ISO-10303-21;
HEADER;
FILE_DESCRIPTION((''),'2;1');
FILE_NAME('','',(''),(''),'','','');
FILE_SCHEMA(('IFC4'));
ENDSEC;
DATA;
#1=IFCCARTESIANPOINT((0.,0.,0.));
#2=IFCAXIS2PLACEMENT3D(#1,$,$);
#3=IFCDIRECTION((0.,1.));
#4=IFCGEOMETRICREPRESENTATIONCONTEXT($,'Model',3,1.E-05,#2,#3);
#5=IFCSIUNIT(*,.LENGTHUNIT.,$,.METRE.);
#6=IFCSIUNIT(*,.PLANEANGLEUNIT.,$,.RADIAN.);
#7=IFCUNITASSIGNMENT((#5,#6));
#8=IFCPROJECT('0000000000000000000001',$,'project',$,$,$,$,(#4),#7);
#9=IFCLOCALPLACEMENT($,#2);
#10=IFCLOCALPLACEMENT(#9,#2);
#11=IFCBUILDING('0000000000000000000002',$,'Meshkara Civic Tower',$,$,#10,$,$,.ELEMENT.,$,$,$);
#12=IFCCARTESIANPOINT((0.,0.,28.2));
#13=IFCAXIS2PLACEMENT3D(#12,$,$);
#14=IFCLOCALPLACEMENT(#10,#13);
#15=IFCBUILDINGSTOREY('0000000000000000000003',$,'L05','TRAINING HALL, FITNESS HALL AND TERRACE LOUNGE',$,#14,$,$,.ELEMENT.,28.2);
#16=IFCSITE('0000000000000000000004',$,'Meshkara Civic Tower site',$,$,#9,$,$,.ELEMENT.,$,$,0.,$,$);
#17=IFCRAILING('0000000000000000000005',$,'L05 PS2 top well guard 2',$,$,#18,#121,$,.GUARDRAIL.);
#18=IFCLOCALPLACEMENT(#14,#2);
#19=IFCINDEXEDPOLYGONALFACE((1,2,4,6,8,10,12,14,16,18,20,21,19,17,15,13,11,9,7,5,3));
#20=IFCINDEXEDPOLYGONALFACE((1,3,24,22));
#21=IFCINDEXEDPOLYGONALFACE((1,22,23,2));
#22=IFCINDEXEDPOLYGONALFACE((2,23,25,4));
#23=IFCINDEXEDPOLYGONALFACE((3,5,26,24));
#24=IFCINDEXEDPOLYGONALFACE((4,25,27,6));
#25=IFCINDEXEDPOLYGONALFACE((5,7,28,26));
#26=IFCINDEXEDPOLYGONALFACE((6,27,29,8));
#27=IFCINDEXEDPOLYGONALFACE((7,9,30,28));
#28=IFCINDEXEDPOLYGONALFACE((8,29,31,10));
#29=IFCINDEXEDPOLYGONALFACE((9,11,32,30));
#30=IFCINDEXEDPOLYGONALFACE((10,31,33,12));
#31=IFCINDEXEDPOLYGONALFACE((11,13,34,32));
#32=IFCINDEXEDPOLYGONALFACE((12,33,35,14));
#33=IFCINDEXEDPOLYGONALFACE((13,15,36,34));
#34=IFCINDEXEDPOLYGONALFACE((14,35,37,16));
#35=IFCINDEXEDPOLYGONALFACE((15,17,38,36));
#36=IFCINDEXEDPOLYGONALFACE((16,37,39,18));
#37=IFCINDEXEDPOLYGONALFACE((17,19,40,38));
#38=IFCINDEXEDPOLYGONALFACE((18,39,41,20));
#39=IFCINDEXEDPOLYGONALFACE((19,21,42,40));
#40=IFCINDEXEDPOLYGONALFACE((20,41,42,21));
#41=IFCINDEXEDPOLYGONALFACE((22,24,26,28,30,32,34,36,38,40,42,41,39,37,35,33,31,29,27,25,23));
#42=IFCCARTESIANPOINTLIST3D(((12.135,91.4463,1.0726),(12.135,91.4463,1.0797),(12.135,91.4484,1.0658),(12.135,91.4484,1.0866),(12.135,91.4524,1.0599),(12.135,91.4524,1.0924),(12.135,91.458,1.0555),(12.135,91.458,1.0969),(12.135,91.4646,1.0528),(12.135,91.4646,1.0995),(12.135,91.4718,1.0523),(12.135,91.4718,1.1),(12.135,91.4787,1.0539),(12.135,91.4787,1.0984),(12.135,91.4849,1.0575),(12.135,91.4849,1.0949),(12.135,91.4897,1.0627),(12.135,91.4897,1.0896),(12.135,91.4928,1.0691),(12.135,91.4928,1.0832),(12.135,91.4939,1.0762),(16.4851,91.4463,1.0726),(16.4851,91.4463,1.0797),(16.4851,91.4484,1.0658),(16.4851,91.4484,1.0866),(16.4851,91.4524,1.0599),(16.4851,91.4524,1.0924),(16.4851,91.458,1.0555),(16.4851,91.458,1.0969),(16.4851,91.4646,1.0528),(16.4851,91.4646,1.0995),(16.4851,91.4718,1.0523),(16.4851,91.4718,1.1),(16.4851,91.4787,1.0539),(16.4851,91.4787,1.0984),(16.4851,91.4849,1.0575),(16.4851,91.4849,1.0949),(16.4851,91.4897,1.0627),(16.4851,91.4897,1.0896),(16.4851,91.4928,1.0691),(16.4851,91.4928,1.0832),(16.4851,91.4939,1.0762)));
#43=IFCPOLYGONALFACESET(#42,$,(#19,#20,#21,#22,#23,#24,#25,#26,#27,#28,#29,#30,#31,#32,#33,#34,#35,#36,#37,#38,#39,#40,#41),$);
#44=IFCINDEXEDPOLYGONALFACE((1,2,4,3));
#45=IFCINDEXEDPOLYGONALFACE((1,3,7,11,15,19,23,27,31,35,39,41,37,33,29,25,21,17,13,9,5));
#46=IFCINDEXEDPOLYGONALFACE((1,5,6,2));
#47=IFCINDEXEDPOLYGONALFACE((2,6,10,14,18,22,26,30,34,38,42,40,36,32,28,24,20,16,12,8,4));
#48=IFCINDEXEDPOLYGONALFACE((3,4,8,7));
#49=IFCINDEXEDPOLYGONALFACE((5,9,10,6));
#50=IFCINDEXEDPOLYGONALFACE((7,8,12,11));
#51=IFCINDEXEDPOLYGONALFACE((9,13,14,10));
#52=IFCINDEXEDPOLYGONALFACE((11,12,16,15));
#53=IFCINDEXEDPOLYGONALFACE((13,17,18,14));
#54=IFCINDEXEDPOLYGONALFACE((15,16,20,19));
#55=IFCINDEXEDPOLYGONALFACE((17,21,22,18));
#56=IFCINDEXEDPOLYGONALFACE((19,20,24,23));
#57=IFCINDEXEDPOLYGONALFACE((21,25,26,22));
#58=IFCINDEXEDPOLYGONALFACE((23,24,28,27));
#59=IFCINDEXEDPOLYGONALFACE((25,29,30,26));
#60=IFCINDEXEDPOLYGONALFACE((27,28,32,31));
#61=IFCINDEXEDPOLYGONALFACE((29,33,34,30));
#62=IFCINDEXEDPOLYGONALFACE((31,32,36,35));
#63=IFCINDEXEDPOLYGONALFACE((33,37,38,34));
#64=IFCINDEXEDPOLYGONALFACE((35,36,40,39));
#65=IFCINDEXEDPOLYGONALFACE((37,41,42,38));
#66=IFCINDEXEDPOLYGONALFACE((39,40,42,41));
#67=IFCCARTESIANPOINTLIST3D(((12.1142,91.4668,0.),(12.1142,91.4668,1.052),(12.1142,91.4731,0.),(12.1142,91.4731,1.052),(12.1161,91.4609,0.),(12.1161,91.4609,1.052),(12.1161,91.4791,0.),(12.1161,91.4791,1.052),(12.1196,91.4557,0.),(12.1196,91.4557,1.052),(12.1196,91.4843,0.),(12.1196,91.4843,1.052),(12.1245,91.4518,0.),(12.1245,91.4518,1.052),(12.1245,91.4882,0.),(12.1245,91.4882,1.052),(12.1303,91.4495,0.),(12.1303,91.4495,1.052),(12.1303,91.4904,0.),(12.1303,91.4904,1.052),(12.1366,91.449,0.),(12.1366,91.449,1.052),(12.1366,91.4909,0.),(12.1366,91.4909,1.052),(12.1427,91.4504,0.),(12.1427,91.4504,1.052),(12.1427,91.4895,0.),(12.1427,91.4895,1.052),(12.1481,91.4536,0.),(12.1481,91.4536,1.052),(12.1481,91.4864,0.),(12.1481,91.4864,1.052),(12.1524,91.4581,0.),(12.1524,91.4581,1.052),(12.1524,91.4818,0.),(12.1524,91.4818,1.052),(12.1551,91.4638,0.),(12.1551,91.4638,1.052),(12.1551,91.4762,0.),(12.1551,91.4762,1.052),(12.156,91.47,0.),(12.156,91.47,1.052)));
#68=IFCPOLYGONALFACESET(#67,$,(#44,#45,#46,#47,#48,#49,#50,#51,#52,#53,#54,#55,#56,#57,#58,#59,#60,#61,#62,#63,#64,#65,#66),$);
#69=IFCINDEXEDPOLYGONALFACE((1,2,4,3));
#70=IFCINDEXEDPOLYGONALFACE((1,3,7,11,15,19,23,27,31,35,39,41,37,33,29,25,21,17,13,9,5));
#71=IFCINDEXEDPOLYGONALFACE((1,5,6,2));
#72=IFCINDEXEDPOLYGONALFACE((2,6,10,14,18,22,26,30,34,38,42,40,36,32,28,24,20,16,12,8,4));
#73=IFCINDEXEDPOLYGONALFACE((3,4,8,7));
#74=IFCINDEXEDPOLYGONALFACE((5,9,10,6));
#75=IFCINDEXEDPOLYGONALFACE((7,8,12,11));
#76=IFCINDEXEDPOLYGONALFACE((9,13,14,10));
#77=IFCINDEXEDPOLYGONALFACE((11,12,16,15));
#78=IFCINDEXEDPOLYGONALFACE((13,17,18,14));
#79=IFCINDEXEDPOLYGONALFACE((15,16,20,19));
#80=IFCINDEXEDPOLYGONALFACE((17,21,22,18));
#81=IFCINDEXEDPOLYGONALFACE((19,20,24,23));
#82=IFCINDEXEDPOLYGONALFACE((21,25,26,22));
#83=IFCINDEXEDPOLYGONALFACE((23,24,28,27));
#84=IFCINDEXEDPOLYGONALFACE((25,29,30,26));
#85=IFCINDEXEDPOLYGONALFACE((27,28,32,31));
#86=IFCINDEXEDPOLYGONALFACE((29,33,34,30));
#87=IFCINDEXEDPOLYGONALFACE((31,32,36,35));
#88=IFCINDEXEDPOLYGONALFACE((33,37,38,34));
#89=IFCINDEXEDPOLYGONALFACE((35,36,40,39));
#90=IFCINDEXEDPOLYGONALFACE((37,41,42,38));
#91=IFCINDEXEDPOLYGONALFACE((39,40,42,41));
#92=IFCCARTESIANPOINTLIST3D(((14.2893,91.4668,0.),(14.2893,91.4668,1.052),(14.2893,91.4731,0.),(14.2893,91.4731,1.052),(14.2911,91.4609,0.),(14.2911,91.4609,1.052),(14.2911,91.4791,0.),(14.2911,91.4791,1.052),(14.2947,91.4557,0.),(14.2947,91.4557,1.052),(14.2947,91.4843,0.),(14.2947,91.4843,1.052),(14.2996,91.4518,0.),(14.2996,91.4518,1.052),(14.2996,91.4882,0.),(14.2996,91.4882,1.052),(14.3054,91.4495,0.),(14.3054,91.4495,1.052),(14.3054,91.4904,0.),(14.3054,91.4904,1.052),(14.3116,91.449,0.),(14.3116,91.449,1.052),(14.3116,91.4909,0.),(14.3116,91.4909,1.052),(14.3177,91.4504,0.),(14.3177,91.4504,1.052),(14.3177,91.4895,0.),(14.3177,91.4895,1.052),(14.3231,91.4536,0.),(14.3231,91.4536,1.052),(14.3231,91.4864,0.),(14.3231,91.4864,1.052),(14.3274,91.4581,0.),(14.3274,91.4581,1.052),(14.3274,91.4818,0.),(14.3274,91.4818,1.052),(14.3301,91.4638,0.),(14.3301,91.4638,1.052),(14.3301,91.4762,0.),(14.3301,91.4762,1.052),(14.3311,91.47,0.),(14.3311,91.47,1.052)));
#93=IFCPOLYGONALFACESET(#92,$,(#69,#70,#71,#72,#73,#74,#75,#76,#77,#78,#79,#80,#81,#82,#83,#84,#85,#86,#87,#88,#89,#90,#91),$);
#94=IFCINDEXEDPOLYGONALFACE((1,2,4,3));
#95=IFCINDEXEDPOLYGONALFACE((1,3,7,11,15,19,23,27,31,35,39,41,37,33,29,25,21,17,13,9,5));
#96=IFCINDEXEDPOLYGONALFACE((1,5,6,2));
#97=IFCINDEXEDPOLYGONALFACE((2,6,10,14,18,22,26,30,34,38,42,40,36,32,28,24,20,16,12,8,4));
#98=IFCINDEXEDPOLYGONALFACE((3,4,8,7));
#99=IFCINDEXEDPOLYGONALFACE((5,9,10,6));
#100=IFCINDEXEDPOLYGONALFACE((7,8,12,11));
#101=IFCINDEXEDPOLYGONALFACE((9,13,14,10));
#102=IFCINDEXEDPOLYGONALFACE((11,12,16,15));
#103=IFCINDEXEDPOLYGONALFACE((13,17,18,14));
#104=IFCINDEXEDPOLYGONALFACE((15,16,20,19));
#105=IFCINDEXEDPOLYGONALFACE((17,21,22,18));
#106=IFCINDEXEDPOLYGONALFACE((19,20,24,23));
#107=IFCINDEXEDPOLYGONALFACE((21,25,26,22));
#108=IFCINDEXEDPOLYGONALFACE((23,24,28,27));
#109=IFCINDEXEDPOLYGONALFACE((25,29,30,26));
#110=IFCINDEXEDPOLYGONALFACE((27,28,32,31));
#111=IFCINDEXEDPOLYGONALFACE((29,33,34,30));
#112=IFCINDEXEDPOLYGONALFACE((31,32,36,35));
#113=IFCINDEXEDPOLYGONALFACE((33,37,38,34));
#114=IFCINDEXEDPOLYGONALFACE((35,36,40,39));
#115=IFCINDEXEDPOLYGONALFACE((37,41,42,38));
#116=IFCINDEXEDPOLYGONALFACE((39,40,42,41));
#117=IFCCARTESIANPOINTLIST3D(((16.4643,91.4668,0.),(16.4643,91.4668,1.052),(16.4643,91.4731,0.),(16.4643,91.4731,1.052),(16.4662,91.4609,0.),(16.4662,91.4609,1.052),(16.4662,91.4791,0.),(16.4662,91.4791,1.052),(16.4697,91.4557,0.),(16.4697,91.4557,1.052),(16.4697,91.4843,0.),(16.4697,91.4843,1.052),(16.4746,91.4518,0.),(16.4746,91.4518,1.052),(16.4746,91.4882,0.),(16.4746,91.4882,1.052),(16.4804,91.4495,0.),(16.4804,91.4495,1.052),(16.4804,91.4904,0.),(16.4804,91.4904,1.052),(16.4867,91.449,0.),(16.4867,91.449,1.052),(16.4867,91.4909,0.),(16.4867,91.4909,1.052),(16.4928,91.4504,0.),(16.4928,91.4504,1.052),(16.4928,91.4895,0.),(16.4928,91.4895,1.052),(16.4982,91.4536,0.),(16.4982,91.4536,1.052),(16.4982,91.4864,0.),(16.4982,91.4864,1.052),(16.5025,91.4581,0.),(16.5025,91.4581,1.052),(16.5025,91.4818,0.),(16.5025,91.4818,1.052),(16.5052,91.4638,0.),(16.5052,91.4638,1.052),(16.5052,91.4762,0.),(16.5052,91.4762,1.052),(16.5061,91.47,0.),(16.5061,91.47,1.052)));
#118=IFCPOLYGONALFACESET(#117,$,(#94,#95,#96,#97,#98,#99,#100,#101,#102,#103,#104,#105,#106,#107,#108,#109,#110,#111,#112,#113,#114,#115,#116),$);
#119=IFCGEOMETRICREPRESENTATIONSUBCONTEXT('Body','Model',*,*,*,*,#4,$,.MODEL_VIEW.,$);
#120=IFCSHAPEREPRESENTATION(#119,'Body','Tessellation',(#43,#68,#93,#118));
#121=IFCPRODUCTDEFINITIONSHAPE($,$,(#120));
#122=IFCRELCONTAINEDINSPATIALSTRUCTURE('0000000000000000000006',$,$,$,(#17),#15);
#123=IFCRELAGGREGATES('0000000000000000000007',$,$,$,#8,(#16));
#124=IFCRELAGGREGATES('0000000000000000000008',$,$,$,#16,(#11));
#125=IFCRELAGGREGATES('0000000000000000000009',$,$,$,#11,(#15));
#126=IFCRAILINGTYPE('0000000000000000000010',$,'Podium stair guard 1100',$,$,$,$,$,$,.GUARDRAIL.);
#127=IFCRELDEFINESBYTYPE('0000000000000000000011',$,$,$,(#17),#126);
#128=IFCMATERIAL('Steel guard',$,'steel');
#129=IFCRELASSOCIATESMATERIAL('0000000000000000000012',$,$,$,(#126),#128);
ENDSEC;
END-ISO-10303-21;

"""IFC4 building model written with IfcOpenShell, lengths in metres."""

from ifc_helpers import new_model, si_unit, direction, frame, origin, origin_2d, place, context, subcontext, project, spatial, circle, extrude, material, type_object, element, save


model = new_model("IFC4")

# Units and contexts
model_context = context("Model", 3, precision=1e-05, world=origin(), true_north=direction((0.0, 1.0)))
body_context = subcontext(model_context, "Body", "Model", "MODEL_VIEW")
ifc_project = project(units=[si_unit("LENGTHUNIT", "METRE"), si_unit("PLANEANGLEUNIT", "RADIAN")], contexts=[model_context])

# Site, building, storey
site_placement = place(None, origin())
site = spatial("IfcSite", under=ifc_project, at=site_placement, Name="Meshkara Civic Tower site", CompositionType="ELEMENT", RefElevation=0.0)
building_placement = place(site_placement, origin())
building = spatial("IfcBuilding", under=site, at=building_placement, Name="Meshkara Civic Tower", CompositionType="ELEMENT")
storey_placement = place(building_placement, frame((0.0, 0.0, 28.2)))
storey = spatial("IfcBuildingStorey", under=building, at=storey_placement, Name="L05", Description="TRAINING HALL, FITNESS HALL AND TERRACE LOUNGE", CompositionType="ELEMENT", Elevation=28.2)

# Railing
ifc_material_1 = material(Name="Steel guard", Category="steel")
railing_type = type_object("IfcRailingType", Name="Podium stair guard 1100", PredefinedType="GUARDRAIL", material=ifc_material_1)
railing_1_placement = place(storey_placement, frame((12.135, 91.47, 0.0)))
element("IfcRailing", 1, at=railing_1_placement, inside=storey, type_object=railing_type, Name="L05 PS2 top well guard 2", PredefinedType="GUARDRAIL", context=body_context, shape_type="SweptSolid", body=[
    extrude(circle(Radius=0.0239, at=origin_2d()), frame((0.0, 0.0, 1.0762), z_axis=(1.0, 0.0, 0.0), x_axis=(0.0, 1.0, 0.0)), (0.0, 0.0, 1.0), 4.3501),
    extrude(circle(Radius=0.021, at=origin_2d()), origin(), (0.0, 0.0, 1.0), 1.052),
    extrude(circle(Radius=0.021, at=origin_2d()), frame((2.175, 0.0, 0.0)), (0.0, 0.0, 1.0), 1.052),
    extrude(circle(Radius=0.021, at=origin_2d()), frame((4.3501, 0.0, 0.0)), (0.0, 0.0, 1.0), 1.052),
])

save(model, "model.ifc")
